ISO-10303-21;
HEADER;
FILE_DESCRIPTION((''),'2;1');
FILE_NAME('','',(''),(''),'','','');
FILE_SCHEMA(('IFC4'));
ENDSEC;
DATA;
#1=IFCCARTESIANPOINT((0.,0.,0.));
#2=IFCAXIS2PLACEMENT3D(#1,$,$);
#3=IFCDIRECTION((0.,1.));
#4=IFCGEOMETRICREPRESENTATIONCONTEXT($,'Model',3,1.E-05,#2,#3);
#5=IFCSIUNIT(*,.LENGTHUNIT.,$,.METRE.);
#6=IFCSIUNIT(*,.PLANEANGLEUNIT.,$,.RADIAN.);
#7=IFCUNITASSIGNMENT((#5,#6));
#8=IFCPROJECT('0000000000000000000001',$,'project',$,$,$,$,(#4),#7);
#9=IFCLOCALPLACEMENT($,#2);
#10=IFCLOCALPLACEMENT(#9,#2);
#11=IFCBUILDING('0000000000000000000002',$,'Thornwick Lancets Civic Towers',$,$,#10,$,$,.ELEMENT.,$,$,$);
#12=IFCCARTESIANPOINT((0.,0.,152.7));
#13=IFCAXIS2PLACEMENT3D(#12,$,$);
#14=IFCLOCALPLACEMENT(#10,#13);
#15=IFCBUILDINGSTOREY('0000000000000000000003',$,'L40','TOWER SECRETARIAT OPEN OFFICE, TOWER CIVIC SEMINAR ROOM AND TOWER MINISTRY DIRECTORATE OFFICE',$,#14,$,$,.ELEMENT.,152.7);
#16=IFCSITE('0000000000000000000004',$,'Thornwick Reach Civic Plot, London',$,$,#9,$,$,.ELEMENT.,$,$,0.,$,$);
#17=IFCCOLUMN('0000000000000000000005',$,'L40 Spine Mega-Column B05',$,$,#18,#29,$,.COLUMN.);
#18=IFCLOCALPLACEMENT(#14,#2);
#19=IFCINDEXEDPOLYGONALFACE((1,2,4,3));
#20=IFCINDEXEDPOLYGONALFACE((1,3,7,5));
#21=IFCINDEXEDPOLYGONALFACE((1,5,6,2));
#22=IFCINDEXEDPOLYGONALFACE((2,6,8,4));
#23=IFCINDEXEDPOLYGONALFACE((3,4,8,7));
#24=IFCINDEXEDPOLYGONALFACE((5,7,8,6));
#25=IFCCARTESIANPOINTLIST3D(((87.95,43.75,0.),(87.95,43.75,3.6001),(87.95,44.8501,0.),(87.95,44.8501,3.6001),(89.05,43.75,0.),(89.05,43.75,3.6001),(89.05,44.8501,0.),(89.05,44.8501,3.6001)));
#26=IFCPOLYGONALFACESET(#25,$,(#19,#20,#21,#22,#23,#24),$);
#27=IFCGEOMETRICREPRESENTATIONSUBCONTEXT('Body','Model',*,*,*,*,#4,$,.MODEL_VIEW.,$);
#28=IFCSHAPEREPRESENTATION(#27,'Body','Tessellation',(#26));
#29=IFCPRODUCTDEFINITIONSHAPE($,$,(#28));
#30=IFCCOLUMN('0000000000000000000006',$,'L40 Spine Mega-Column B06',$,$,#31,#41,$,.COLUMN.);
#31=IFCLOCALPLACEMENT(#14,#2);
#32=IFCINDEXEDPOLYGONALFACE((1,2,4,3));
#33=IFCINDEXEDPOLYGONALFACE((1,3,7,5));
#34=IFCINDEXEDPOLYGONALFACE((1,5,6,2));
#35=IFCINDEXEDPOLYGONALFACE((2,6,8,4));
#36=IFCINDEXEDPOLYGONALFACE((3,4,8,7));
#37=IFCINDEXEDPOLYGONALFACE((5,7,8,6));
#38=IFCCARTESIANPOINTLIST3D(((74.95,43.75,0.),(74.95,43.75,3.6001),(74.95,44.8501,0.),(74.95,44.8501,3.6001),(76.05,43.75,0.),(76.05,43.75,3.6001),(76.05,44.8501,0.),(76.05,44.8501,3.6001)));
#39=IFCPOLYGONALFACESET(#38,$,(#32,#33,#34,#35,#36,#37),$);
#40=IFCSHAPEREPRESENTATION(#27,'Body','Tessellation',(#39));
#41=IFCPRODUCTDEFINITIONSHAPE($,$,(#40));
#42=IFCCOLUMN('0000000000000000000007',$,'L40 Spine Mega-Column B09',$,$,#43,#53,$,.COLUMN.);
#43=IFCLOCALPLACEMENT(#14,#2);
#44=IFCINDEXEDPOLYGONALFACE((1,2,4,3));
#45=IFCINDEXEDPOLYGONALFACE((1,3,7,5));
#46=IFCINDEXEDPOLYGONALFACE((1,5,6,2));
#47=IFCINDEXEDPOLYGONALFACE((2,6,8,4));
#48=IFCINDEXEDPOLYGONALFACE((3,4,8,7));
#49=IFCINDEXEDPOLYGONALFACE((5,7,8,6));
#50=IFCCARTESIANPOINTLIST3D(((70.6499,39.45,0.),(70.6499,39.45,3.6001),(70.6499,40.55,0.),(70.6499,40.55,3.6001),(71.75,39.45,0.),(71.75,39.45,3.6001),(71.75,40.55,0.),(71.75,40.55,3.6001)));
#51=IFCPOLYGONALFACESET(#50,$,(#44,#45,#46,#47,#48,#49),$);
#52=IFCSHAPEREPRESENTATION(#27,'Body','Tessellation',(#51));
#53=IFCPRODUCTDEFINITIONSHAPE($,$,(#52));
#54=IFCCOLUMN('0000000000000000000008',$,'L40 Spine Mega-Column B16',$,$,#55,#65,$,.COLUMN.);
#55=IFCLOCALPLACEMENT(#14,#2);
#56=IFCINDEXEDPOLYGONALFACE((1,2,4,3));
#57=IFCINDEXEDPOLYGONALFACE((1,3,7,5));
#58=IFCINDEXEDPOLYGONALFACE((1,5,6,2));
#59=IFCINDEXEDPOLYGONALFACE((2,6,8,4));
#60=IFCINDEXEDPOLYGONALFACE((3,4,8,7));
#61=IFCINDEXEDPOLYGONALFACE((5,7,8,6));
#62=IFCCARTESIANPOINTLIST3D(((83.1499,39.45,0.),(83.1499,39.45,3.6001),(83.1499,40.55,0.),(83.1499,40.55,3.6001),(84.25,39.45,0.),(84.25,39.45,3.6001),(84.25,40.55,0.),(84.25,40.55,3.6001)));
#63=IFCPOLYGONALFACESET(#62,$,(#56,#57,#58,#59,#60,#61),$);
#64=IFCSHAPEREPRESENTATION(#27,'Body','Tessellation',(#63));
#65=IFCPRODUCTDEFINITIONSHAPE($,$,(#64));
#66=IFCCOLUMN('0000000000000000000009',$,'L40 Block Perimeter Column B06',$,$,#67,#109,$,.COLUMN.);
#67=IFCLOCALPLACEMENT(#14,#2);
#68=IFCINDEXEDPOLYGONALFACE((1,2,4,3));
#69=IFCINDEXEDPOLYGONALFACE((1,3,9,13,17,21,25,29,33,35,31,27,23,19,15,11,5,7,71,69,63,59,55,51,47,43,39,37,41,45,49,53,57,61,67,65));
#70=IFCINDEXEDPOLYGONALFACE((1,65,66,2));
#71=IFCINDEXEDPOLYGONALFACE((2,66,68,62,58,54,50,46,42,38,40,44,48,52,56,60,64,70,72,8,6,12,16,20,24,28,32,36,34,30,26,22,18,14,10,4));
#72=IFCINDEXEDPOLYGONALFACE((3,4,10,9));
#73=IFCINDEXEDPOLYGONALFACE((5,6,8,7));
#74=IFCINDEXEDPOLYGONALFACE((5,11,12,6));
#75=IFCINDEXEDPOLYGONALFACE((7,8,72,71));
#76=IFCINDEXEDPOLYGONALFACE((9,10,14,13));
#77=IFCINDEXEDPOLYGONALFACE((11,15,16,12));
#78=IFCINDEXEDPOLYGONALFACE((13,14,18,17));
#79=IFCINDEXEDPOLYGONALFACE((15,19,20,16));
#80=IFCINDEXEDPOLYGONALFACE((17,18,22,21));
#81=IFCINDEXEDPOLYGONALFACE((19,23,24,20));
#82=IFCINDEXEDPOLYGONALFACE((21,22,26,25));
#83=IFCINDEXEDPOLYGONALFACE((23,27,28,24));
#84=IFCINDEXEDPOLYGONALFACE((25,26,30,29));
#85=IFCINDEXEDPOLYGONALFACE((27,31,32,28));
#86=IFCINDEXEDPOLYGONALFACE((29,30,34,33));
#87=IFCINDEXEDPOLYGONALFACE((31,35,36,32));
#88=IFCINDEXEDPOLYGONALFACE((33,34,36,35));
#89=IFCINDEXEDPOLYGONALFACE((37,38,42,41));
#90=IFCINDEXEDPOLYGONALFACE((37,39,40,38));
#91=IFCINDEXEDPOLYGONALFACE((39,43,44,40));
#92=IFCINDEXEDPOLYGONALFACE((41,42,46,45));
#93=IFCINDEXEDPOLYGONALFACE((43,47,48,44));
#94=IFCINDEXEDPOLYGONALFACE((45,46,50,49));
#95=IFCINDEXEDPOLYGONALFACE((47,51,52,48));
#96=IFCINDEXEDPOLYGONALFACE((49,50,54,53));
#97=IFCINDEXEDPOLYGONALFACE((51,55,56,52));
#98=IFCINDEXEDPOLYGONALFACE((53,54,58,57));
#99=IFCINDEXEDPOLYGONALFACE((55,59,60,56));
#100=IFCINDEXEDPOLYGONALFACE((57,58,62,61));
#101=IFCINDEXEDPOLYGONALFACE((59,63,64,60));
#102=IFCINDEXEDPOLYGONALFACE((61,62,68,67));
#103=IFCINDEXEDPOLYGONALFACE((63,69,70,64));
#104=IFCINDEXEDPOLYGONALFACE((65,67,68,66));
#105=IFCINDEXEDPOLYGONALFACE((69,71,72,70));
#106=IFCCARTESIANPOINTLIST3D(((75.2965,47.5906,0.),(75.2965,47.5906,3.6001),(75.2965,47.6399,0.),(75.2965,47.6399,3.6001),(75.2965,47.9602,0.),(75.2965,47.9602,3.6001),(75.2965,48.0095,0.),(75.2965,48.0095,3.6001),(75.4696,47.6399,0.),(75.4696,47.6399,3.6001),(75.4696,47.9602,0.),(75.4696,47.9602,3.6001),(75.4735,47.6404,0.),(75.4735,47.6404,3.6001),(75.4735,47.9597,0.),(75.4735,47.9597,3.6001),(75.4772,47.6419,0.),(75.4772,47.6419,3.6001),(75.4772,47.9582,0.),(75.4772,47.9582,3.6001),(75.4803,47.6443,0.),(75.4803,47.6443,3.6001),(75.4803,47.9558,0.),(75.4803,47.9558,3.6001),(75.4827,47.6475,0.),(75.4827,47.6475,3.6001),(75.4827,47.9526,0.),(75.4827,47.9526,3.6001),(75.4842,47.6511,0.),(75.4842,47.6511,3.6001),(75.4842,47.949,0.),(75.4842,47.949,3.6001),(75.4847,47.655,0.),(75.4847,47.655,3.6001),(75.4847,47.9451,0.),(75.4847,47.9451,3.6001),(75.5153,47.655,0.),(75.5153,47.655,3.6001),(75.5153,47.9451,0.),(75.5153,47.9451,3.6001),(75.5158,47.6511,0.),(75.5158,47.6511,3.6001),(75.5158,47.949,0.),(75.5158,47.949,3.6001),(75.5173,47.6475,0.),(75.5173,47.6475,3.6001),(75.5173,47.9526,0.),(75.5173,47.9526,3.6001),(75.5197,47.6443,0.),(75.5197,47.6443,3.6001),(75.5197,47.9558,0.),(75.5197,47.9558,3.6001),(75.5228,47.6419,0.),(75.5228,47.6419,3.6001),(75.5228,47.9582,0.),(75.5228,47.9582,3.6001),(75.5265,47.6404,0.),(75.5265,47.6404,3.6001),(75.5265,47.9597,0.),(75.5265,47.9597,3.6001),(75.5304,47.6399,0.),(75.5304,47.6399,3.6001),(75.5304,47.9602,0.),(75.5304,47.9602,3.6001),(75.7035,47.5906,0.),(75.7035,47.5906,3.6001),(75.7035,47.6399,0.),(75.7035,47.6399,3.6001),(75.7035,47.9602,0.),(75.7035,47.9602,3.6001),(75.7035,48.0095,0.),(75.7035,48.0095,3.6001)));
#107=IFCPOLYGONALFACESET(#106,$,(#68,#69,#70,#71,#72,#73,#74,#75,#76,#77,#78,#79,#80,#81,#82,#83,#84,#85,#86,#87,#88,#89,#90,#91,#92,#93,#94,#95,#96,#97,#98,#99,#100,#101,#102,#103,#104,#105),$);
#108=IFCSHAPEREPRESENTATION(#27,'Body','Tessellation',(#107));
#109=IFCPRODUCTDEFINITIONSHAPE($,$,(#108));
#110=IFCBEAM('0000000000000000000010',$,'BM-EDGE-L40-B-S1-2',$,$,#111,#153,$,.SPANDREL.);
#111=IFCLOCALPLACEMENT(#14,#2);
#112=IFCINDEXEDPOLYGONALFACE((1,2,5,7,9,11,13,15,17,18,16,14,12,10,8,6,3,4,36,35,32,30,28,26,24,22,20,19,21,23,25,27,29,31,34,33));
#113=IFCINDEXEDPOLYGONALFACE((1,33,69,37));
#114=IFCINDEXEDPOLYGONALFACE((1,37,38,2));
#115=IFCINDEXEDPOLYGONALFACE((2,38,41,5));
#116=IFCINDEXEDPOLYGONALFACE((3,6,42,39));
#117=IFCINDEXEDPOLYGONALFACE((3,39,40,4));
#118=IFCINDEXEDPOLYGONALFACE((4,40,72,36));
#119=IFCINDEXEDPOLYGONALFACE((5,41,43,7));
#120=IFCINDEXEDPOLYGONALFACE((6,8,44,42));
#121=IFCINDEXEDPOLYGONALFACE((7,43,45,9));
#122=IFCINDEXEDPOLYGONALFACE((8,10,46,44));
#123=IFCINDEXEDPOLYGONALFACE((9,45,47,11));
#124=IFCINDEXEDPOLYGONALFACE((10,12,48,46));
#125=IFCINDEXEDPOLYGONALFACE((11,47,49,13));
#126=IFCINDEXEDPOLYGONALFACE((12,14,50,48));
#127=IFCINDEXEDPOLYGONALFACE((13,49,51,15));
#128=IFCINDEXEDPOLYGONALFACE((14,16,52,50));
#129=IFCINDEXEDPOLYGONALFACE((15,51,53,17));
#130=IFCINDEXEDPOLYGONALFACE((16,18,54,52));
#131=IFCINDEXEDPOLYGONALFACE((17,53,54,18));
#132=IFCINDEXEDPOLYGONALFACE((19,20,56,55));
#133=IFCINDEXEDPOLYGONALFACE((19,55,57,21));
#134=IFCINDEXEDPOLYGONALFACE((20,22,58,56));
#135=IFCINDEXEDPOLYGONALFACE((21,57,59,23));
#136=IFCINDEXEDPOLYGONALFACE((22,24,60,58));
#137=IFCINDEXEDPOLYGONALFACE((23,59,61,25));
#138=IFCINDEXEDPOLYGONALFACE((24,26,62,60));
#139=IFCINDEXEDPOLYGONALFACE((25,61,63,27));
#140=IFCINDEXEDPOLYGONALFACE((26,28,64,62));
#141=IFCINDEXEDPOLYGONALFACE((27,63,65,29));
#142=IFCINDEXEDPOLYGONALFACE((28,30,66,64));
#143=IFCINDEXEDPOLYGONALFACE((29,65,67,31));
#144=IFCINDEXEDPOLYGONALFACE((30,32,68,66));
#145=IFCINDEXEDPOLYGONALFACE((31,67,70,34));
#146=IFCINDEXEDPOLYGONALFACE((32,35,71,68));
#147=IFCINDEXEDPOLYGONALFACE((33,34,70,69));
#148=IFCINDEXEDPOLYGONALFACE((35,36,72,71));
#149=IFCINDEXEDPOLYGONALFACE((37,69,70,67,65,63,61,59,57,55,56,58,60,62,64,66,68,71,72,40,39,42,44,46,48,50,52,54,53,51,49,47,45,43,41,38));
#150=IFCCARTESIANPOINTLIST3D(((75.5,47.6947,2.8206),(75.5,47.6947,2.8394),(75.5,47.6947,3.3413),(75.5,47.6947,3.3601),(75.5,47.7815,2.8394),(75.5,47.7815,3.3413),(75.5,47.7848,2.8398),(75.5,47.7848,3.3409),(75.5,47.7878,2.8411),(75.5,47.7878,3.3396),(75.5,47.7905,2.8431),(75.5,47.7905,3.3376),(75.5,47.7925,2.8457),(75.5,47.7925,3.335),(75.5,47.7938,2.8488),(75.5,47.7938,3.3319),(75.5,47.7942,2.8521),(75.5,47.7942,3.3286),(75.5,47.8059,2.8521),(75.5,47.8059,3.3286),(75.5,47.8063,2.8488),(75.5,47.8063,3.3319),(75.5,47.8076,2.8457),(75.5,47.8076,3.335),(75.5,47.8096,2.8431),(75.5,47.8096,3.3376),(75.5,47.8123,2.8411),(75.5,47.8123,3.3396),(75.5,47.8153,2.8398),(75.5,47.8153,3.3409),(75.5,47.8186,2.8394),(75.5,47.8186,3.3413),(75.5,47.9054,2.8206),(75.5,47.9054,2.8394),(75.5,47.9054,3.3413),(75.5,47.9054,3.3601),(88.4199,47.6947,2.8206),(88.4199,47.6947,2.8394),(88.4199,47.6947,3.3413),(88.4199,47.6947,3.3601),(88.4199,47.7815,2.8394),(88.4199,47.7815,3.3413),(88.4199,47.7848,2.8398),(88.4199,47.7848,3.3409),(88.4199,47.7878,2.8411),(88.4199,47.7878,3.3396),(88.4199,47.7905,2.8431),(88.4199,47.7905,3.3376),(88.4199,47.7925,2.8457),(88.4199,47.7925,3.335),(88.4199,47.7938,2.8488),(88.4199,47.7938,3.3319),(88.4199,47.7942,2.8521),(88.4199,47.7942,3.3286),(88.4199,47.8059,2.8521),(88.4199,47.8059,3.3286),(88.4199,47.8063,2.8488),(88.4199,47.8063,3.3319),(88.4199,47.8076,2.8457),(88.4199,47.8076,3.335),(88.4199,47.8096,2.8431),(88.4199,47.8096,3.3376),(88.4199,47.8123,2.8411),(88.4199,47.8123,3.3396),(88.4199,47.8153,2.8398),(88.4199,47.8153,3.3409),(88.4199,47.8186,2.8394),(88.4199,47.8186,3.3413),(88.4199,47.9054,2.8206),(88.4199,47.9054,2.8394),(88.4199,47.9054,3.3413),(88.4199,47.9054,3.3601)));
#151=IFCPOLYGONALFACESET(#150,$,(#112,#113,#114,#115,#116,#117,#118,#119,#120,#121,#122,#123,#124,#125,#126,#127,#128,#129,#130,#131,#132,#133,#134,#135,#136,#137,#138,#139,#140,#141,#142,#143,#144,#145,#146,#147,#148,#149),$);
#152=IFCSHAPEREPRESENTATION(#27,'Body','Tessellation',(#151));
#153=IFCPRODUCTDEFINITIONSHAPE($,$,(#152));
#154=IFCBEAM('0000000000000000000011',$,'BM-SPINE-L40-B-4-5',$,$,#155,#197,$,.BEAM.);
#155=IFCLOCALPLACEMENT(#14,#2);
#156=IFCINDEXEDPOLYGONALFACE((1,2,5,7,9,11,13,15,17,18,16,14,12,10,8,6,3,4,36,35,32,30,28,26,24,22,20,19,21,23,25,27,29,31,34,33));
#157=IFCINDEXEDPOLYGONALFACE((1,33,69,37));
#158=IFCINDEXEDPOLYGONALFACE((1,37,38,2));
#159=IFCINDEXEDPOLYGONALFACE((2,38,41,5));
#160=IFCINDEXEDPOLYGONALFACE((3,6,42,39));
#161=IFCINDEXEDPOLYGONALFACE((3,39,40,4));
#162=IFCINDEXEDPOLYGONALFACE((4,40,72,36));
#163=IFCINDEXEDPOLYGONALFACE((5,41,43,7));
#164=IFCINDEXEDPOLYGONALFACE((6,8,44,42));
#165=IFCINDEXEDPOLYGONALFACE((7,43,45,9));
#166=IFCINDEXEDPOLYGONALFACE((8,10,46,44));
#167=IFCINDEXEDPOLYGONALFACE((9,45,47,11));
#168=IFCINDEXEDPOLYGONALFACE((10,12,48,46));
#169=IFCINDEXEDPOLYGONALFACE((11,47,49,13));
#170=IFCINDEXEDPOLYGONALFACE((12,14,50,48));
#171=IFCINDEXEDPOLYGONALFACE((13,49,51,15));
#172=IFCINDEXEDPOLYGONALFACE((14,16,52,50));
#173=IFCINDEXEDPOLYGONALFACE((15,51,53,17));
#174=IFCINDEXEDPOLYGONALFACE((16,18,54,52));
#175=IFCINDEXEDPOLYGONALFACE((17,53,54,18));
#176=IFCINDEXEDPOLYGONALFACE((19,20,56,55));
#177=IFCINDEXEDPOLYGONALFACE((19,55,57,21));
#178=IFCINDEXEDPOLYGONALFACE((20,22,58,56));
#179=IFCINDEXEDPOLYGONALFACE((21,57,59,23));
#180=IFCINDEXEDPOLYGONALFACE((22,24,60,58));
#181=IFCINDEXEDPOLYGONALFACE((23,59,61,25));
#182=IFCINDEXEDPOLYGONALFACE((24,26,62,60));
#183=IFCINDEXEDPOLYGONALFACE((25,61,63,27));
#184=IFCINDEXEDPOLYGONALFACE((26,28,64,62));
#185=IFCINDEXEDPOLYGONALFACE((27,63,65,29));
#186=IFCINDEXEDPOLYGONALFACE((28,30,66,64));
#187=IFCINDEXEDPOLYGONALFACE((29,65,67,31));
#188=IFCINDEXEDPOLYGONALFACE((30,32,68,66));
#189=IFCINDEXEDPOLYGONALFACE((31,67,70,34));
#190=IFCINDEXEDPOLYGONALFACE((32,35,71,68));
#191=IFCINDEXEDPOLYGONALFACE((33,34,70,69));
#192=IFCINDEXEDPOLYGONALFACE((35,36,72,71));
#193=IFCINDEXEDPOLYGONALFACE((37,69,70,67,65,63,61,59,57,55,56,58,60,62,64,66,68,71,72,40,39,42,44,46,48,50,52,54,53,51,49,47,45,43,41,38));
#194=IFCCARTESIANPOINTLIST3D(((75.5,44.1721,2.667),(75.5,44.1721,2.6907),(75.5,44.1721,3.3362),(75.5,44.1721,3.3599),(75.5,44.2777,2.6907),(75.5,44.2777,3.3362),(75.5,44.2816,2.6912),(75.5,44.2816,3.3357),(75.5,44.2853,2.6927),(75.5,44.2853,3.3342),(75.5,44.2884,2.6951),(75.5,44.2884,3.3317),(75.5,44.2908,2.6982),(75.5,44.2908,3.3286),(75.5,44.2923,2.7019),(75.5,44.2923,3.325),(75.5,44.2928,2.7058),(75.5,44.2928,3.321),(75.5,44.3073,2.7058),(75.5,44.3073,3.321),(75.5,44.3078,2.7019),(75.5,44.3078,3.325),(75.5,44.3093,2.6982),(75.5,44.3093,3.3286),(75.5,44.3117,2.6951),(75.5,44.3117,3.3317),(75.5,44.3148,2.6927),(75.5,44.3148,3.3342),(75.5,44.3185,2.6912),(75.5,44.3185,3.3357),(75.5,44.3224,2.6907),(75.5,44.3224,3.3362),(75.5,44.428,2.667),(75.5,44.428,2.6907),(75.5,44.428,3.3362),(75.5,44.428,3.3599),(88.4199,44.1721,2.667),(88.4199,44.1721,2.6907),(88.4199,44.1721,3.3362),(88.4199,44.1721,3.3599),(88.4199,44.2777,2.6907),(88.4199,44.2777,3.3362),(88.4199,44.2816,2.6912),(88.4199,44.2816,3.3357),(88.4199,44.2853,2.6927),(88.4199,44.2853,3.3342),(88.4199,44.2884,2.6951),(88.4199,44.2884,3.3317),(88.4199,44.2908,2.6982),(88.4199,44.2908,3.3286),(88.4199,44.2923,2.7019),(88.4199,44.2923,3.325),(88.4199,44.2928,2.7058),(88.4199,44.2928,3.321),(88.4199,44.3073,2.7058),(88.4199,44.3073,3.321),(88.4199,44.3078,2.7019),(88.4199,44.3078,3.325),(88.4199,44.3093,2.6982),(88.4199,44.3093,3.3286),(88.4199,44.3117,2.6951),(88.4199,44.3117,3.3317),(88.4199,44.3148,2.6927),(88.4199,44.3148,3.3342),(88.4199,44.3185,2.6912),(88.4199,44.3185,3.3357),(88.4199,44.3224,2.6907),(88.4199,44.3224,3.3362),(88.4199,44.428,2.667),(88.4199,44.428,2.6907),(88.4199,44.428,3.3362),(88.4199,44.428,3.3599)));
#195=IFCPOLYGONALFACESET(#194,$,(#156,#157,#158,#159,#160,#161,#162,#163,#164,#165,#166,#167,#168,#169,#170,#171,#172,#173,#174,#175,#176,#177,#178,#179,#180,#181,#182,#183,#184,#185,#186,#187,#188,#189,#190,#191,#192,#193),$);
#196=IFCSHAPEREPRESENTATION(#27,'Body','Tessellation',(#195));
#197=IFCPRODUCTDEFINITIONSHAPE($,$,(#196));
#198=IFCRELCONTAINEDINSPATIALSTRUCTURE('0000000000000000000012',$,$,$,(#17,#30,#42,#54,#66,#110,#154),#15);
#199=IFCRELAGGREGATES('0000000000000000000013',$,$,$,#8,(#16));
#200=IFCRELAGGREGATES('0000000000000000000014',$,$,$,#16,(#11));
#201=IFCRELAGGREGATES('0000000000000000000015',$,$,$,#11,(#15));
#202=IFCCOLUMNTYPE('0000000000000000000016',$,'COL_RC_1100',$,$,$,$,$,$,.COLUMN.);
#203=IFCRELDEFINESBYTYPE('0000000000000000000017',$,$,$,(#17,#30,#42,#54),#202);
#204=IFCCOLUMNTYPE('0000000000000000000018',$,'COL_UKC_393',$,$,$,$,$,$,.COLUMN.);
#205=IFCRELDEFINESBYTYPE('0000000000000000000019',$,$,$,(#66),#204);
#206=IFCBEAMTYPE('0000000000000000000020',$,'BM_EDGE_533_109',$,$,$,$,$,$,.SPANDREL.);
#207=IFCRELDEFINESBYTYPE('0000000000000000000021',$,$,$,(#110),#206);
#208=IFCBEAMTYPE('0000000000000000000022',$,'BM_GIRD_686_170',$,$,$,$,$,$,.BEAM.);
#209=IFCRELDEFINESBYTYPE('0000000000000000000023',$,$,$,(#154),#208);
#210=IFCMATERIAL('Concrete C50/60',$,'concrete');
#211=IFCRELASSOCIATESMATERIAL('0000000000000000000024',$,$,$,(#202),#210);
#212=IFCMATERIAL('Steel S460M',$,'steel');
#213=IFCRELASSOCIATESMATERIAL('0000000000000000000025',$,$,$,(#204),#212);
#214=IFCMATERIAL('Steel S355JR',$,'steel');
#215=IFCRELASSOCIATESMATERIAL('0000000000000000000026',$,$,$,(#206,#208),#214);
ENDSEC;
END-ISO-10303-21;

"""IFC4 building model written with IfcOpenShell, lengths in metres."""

from ifc_helpers import new_model, si_unit, direction, frame, origin, origin_2d, place, context, subcontext, project, spatial, rectangle, i_section, extrude, material, material_profile, profile_set, type_object, element, save


model = new_model("IFC4")

# Units and contexts
model_context = context("Model", 3, precision=1e-05, world=origin(), true_north=direction((0.0, 1.0)))
body_context = subcontext(model_context, "Body", "Model", "MODEL_VIEW")
ifc_project = project(units=[si_unit("LENGTHUNIT", "METRE"), si_unit("PLANEANGLEUNIT", "RADIAN")], contexts=[model_context])

# Site, building, storey
site_placement = place(None, origin())
site = spatial("IfcSite", under=ifc_project, at=site_placement, Name="Thornwick Reach Civic Plot, London", CompositionType="ELEMENT", RefElevation=0.0)
building_placement = place(site_placement, origin())
building = spatial("IfcBuilding", under=site, at=building_placement, Name="Thornwick Lancets Civic Towers", CompositionType="ELEMENT")
storey_placement = place(building_placement, frame((0.0, 0.0, 152.7)))
storey = spatial("IfcBuildingStorey", under=building, at=storey_placement, Name="L40", Description="TOWER SECRETARIAT OPEN OFFICE, TOWER CIVIC SEMINAR ROOM AND TOWER MINISTRY DIRECTORATE OFFICE", CompositionType="ELEMENT", Elevation=152.7)

# Columns
ifc_material_1 = material(Name="Concrete C50/60", Category="concrete")
ifc_material_profile_1 = material_profile(ifc_material_1, rectangle(XDim=1.1001, YDim=1.1001, at=origin_2d()), Name="RC 1100x1100")
ifc_profile_set_1 = profile_set([ifc_material_profile_1], Name="Concrete C50/60")
column_type_1 = type_object("IfcColumnType", Name="COL_RC_1100", PredefinedType="COLUMN", material=ifc_profile_set_1)
for number, where, z_axis, x_axis, name in (
    (1, (88.5, 44.3, 0.0), (0.0, 0.0, 1.0), (1.0, 0.0, 0.0), "L40 Spine Mega-Column B05"),
    (2, (75.5, 44.3, 0.0), (0.0, 0.0, 1.0), (1.0, 0.0, 0.0), "L40 Spine Mega-Column B06"),
    (3, (71.2, 40.0, 0.0), (0.0, 0.0, 1.0), (1.0, 0.0, 0.0), "L40 Spine Mega-Column B09"),
    (4, (83.7, 40.0, 0.0), (0.0, 0.0, 1.0), (1.0, 0.0, 0.0), "L40 Spine Mega-Column B16"),
):
    element("IfcColumn", number, at=place(storey_placement, frame(where, z_axis=z_axis, x_axis=x_axis)), inside=storey, type_object=column_type_1, Name=name, PredefinedType="COLUMN", context=body_context, shape_type="SweptSolid", body=[
        extrude(rectangle(XDim=1.1001, YDim=1.1001, at=origin_2d()), origin(), (0.0, 0.0, 1.0), 3.6001),
    ])
ifc_material_2 = material(Name="Steel S460M", Category="steel")
ifc_material_profile_2 = material_profile(ifc_material_2, i_section(OverallWidth=0.407, OverallDepth=0.4189, WebThickness=0.0305, FlangeThickness=0.0493, FilletRadius=0.0151, at=origin_2d()), Name="UKC 356x406x393")
ifc_profile_set_2 = profile_set([ifc_material_profile_2], Name="Steel S460M")
column_type_2 = type_object("IfcColumnType", Name="COL_UKC_393", PredefinedType="COLUMN", material=ifc_profile_set_2)
column_placement = place(storey_placement, frame((75.5, 47.8, 0.0), z_axis=(0.0, 0.0, 1.0), x_axis=(1.0, 0.0, 0.0)))
element("IfcColumn", 5, at=column_placement, inside=storey, type_object=column_type_2, Name="L40 Block Perimeter Column B06", PredefinedType="COLUMN", context=body_context, shape_type="SweptSolid", body=[
    extrude(i_section(OverallWidth=0.407, OverallDepth=0.4189, WebThickness=0.0305, FlangeThickness=0.0493, FilletRadius=0.0151, at=origin_2d()), origin(), (0.0, 0.0, 1.0), 3.6001),
])

# Beams
ifc_material_3 = material(Name="Steel S355JR", Category="steel")
ifc_material_profile_3 = material_profile(ifc_material_3, i_section(OverallWidth=0.2107, OverallDepth=0.5396, WebThickness=0.0117, FlangeThickness=0.0188, FilletRadius=0.0127, at=origin_2d()), Name="UKB 533x210x109")
ifc_profile_set_3 = profile_set([ifc_material_profile_3], Name="Steel S355JR")
beam_type_1 = type_object("IfcBeamType", Name="BM_EDGE_533_109", PredefinedType="SPANDREL", material=ifc_profile_set_3)
beam_1_placement = place(storey_placement, frame((88.4199, 47.8, 3.0903), z_axis=(-1.0, 0.0, 0.0), x_axis=(0.0, -1.0, 0.0)))
element("IfcBeam", 6, at=beam_1_placement, inside=storey, type_object=beam_type_1, Name="BM-EDGE-L40-B-S1-2", PredefinedType="SPANDREL", context=body_context, shape_type="SweptSolid", body=[
    extrude(i_section(OverallWidth=0.2107, OverallDepth=0.5396, WebThickness=0.0117, FlangeThickness=0.0188, FilletRadius=0.0127, at=origin_2d()), origin(), (0.0, 0.0, 1.0), 12.9199),
])
ifc_material_profile_4 = material_profile(ifc_material_3, i_section(OverallWidth=0.2559, OverallDepth=0.6929, WebThickness=0.0144, FlangeThickness=0.0237, FilletRadius=0.0151, at=origin_2d()), Name="UKB 686x254x170")
ifc_profile_set_4 = profile_set([ifc_material_profile_4], Name="Steel S355JR")
beam_type_2 = type_object("IfcBeamType", Name="BM_GIRD_686_170", PredefinedType="BEAM", material=ifc_profile_set_4)
beam_2_placement = place(storey_placement, frame((88.4199, 44.3, 3.0134), z_axis=(-1.0, 0.0, 0.0), x_axis=(0.0, -1.0, 0.0)))
element("IfcBeam", 7, at=beam_2_placement, inside=storey, type_object=beam_type_2, Name="BM-SPINE-L40-B-4-5", PredefinedType="BEAM", context=body_context, shape_type="SweptSolid", body=[
    extrude(i_section(OverallWidth=0.2559, OverallDepth=0.6929, WebThickness=0.0144, FlangeThickness=0.0237, FilletRadius=0.0151, at=origin_2d()), origin(), (0.0, 0.0, 1.0), 12.9199),
])

save(model, "model.ifc")
